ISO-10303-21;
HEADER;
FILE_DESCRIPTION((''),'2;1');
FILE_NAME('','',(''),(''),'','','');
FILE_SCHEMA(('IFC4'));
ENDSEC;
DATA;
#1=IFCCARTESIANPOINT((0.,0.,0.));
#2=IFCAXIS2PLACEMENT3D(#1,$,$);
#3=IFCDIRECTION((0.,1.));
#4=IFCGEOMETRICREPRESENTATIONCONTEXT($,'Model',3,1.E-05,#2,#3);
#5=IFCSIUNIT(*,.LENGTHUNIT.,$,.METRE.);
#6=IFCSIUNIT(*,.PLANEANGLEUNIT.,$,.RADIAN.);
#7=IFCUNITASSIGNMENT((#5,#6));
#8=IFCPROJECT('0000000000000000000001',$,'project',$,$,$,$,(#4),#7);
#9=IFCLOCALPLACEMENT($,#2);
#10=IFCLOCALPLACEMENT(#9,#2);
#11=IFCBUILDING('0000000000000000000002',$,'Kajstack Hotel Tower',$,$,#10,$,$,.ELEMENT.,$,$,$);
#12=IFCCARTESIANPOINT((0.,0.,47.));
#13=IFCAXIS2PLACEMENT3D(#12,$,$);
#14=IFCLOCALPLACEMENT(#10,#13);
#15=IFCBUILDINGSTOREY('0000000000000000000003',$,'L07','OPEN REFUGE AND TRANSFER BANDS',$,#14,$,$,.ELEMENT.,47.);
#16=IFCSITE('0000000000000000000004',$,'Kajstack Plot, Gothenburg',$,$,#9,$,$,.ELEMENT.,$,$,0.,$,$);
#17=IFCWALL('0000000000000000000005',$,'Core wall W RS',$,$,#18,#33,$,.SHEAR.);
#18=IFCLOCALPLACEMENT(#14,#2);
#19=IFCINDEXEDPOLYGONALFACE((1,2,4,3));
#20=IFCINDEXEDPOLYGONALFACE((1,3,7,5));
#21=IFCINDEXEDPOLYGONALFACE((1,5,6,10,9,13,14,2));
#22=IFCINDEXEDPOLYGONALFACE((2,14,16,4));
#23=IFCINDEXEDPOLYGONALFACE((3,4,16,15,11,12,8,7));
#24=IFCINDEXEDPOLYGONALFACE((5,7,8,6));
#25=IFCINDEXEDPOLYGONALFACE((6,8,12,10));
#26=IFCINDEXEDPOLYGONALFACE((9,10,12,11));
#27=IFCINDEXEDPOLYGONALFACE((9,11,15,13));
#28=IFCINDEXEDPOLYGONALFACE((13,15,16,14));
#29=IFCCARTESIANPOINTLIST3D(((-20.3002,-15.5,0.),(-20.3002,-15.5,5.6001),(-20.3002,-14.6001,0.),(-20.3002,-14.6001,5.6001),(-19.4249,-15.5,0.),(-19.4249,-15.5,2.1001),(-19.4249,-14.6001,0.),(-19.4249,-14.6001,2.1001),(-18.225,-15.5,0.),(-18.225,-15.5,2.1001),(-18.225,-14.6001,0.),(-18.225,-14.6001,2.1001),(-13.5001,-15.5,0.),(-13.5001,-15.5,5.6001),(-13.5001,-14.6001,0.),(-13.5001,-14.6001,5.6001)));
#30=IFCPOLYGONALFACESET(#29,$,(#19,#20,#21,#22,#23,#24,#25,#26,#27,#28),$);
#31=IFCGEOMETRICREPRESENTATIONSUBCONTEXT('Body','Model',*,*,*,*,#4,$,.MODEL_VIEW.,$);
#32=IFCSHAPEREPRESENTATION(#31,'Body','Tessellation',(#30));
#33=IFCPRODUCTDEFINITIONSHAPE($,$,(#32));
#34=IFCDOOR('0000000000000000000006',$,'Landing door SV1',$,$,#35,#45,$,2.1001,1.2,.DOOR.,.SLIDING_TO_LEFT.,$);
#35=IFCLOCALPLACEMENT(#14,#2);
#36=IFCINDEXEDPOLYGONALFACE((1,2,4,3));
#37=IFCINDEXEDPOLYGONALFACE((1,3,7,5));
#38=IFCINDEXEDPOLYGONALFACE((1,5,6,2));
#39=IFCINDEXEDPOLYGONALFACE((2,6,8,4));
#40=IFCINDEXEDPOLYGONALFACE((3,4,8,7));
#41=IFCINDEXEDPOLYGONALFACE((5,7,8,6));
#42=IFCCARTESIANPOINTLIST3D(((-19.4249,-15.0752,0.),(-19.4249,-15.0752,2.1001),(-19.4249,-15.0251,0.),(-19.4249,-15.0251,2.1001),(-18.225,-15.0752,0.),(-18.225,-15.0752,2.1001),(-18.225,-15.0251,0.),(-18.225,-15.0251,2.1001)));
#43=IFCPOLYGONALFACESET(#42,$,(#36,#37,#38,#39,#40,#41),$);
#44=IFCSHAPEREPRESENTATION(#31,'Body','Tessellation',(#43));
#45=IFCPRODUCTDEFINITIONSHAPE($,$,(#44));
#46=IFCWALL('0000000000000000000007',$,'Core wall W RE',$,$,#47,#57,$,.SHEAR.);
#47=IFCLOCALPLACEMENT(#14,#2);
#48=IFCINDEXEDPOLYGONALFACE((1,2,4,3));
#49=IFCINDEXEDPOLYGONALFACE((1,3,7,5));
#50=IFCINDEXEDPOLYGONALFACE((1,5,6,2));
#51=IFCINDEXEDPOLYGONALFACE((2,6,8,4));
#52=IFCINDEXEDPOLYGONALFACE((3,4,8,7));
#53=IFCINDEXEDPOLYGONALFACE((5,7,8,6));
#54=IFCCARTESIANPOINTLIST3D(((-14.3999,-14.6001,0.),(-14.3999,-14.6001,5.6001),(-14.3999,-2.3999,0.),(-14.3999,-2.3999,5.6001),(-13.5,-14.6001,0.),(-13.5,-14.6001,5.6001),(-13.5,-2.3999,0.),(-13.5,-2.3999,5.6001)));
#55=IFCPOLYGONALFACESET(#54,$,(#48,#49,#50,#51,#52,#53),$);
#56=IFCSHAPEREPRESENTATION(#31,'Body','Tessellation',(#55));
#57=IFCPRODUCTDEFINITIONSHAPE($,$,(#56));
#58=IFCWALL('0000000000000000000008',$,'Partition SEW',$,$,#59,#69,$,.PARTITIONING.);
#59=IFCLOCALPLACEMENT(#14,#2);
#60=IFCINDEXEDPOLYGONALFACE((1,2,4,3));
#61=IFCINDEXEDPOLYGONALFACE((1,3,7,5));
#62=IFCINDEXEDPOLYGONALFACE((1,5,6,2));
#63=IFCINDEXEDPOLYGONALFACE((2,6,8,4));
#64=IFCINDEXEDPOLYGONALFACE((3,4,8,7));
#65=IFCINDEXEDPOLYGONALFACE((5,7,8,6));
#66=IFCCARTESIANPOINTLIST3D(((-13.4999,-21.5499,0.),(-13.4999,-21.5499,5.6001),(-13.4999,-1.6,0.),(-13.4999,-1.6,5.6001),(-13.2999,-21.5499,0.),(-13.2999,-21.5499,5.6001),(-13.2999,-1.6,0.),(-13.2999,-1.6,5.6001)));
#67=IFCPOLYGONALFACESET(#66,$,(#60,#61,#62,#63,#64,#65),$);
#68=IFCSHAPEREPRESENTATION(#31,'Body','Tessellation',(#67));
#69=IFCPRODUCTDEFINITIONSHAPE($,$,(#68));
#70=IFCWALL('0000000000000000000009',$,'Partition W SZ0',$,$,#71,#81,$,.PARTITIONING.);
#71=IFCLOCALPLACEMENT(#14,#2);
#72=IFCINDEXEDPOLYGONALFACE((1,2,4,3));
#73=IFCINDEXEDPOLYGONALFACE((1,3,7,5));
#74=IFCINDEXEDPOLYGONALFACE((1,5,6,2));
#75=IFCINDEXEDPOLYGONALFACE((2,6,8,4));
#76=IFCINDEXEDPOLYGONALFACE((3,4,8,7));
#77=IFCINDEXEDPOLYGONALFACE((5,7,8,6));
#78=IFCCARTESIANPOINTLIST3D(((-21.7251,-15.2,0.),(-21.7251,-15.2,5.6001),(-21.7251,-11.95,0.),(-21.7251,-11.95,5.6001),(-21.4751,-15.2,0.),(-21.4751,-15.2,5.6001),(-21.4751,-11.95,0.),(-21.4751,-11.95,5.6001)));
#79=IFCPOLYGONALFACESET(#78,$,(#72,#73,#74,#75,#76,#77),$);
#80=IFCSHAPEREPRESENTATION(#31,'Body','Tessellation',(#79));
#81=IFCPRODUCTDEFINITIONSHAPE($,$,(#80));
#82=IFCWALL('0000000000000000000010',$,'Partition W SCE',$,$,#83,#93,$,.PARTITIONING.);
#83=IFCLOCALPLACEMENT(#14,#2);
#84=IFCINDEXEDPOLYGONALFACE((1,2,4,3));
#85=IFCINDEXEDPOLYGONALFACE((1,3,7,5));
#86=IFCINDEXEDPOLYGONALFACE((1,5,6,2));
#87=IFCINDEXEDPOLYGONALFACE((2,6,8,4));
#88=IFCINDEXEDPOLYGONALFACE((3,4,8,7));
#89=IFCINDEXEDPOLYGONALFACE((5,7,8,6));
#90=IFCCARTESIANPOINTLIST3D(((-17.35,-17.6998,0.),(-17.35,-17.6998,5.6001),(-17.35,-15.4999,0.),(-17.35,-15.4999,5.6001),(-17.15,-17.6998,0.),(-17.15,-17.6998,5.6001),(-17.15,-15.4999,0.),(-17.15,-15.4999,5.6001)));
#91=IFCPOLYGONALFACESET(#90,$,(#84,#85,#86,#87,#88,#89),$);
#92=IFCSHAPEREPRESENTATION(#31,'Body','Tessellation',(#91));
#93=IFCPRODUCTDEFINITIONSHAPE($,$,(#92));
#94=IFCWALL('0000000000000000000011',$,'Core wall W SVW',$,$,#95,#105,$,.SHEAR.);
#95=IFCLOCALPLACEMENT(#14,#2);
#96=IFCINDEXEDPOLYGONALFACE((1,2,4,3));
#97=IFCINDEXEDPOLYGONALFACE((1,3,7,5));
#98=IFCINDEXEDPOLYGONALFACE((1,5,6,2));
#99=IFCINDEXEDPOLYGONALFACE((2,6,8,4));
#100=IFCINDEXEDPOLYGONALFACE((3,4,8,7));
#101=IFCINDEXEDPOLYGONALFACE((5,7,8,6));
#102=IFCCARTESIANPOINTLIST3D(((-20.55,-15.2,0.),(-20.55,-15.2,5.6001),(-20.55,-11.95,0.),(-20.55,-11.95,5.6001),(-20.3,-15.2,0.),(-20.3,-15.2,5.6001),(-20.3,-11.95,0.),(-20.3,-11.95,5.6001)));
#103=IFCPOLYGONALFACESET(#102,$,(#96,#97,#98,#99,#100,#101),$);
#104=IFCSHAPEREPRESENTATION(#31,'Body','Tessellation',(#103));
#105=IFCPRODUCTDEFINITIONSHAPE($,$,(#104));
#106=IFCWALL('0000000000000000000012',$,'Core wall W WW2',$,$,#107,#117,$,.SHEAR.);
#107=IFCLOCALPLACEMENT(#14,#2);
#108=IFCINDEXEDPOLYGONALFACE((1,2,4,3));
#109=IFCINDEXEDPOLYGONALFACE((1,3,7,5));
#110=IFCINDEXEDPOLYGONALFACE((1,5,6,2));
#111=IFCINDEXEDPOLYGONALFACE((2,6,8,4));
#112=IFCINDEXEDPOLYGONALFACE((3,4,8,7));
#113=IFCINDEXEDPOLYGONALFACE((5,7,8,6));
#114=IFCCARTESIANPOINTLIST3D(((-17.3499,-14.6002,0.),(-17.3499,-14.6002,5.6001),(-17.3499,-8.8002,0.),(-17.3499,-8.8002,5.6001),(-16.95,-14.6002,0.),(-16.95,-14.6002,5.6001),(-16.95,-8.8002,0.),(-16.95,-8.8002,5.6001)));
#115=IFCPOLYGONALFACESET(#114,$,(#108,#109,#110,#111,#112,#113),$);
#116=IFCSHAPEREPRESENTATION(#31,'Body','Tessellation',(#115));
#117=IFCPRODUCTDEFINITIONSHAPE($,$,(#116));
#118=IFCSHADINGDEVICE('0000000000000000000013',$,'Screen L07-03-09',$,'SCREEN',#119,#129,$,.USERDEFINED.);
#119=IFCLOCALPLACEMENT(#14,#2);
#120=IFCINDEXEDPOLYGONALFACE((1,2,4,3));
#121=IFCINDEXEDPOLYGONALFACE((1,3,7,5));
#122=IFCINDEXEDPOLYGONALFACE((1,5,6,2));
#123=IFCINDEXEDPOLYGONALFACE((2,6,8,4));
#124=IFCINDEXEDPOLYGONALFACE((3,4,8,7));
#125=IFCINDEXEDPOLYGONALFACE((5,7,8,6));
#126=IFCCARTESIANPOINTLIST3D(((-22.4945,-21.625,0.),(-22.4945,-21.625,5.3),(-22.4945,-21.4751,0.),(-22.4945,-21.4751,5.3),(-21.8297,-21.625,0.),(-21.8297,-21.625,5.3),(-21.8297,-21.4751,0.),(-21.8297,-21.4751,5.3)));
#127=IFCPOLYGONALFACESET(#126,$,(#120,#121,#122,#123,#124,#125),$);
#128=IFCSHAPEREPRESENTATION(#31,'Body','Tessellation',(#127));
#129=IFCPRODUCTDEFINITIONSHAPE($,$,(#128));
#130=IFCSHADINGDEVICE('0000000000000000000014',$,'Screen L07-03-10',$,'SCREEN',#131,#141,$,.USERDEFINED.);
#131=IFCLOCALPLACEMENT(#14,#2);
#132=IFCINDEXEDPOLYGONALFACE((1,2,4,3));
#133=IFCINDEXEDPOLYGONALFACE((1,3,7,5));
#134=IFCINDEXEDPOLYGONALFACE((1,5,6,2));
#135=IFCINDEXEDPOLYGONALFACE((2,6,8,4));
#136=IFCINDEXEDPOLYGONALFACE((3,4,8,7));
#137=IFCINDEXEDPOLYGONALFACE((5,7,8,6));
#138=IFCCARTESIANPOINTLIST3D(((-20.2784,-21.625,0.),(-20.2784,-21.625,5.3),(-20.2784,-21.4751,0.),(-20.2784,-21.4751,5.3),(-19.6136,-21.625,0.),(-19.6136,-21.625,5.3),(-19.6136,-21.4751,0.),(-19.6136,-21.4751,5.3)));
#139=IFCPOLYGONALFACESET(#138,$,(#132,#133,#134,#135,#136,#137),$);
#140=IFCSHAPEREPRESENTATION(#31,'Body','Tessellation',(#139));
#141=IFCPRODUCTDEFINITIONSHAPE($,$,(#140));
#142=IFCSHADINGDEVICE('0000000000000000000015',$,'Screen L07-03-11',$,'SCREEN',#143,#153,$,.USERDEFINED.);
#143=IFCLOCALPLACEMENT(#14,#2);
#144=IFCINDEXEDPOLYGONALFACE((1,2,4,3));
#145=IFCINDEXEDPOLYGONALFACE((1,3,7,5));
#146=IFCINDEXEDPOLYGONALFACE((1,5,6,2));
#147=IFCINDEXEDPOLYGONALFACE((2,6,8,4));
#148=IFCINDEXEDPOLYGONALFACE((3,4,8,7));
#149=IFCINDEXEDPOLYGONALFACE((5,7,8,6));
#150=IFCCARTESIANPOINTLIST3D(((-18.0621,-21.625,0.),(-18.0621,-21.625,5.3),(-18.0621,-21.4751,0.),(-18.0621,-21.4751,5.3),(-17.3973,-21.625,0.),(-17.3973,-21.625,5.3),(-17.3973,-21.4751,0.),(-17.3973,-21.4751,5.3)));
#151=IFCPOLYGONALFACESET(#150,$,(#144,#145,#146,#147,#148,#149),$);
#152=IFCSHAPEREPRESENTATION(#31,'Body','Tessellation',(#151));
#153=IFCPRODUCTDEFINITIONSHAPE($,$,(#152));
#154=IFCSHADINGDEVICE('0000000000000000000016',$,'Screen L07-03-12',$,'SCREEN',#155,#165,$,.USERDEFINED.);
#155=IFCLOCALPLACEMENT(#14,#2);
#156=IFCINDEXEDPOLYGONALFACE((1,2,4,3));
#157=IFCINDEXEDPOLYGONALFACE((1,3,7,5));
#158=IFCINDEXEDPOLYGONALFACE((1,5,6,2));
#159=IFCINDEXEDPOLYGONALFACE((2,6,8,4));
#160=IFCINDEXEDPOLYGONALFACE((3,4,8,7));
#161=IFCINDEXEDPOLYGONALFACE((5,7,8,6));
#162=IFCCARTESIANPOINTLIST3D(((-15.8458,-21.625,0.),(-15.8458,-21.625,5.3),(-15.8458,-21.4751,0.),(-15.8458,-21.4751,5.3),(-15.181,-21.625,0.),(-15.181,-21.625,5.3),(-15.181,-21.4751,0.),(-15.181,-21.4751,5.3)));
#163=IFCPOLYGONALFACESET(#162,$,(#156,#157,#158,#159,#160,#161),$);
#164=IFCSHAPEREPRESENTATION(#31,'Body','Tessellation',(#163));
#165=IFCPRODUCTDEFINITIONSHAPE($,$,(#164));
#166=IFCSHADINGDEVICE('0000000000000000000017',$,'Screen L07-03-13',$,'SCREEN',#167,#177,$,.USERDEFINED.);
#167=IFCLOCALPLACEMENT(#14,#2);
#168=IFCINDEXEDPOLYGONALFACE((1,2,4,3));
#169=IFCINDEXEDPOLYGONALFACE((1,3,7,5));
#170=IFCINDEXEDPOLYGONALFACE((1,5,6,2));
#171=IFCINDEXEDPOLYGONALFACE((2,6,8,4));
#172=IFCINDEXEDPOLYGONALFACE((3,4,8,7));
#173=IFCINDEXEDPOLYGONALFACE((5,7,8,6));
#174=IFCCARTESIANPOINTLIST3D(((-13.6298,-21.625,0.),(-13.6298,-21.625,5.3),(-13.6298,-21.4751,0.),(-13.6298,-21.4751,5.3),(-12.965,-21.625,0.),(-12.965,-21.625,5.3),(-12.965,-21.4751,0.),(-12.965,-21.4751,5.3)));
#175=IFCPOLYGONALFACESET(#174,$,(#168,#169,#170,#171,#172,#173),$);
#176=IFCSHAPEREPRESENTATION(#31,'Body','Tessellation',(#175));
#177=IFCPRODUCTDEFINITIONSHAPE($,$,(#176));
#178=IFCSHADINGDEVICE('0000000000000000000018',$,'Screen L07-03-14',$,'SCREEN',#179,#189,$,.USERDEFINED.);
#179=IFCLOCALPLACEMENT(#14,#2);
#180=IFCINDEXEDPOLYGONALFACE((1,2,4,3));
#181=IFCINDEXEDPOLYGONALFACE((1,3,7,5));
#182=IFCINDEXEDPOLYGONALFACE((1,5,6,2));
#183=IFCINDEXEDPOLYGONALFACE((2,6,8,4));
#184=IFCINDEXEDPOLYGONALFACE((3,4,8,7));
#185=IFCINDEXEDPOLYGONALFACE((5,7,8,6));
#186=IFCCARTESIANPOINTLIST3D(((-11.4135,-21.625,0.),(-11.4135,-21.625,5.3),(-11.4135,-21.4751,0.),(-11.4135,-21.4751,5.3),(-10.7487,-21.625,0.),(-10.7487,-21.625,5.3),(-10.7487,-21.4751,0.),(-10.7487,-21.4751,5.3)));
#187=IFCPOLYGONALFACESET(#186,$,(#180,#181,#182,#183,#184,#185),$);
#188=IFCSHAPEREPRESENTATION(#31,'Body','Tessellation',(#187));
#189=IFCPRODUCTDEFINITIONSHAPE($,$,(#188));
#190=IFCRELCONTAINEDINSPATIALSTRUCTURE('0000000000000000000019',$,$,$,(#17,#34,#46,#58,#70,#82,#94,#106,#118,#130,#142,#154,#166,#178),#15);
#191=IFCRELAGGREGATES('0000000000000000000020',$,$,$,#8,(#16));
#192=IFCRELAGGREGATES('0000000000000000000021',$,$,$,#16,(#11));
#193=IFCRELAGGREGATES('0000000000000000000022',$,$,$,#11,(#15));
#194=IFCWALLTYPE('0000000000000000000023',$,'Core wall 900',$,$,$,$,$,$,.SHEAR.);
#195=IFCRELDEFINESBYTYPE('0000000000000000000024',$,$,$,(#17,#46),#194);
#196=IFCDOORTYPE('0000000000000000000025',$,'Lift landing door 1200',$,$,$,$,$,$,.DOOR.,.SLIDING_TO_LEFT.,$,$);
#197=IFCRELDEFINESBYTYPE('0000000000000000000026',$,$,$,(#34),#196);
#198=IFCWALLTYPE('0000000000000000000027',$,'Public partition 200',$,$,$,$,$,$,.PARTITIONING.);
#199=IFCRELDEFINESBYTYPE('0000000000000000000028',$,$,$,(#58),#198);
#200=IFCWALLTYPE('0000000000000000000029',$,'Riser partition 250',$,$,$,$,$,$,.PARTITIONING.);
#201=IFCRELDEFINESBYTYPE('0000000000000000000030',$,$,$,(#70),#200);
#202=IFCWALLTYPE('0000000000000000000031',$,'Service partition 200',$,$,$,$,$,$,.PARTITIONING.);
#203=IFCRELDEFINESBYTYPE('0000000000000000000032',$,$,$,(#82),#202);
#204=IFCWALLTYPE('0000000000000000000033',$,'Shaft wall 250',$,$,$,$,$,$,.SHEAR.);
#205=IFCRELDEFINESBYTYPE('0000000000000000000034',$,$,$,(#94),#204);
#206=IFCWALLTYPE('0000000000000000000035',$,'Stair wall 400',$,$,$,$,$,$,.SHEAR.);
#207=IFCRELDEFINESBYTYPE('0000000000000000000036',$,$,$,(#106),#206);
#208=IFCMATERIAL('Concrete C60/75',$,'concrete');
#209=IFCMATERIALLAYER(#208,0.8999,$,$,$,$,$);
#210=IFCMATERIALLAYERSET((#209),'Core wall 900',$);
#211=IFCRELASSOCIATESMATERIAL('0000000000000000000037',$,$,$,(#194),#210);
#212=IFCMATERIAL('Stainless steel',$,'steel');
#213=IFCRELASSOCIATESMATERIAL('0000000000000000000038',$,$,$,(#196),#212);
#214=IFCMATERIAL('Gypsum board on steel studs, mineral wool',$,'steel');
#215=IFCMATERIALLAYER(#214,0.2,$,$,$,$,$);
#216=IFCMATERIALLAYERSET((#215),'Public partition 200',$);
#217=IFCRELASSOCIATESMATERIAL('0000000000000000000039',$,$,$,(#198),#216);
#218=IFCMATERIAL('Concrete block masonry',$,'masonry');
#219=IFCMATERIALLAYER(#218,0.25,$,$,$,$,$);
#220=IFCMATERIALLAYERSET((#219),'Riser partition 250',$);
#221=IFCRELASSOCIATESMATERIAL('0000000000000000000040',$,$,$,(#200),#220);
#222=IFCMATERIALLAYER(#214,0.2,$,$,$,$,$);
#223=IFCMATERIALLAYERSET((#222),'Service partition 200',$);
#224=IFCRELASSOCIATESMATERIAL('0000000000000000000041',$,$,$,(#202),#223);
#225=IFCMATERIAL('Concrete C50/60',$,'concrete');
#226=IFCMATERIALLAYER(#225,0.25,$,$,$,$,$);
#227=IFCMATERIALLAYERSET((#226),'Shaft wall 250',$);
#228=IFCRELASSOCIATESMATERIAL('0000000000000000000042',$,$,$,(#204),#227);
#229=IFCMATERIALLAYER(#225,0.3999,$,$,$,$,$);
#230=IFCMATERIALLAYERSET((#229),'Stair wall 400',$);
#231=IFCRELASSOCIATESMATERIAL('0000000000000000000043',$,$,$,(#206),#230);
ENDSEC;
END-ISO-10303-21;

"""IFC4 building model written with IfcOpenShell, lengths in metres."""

from ifc_helpers import new_model, si_unit, direction, frame, frame_2d, origin, origin_2d, place, context, subcontext, project, spatial, rectangle, extrude, material, layer, layer_set, type_object, element, fill, save


model = new_model("IFC4")

# Units and contexts
model_context = context("Model", 3, precision=1e-05, world=origin(), true_north=direction((0.0, 1.0)))
body_context = subcontext(model_context, "Body", "Model", "MODEL_VIEW")
ifc_project = project(units=[si_unit("LENGTHUNIT", "METRE"), si_unit("PLANEANGLEUNIT", "RADIAN")], contexts=[model_context])

# Site, building, storey
site_placement = place(None, origin())
site = spatial("IfcSite", under=ifc_project, at=site_placement, Name="Kajstack Plot, Gothenburg", CompositionType="ELEMENT", RefElevation=0.0)
building_placement = place(site_placement, origin())
building = spatial("IfcBuilding", under=site, at=building_placement, Name="Kajstack Hotel Tower", CompositionType="ELEMENT")
storey_placement = place(building_placement, frame((0.0, 0.0, 47.0)))
storey = spatial("IfcBuildingStorey", under=building, at=storey_placement, Name="L07", Description="OPEN REFUGE AND TRANSFER BANDS", CompositionType="ELEMENT", Elevation=47.0)

# Wall, opening, door
ifc_material_1 = material(Name="Concrete C60/75", Category="concrete")
ifc_layer_1 = layer(ifc_material_1, 0.8999)
ifc_layer_set_1 = layer_set([ifc_layer_1], Name="Core wall 900")
wall_type_1 = type_object("IfcWallType", Name="Core wall 900", PredefinedType="SHEAR", material=ifc_layer_set_1)
wall_1_placement = place(storey_placement, frame((-20.3, -15.05, 0.0), z_axis=(0.0, 0.0, 1.0), x_axis=(1.0, 0.0, 0.0)))
wall_1 = element("IfcWall", 1, at=wall_1_placement, inside=storey, type_object=wall_type_1, Name="Core wall W RS", PredefinedType="SHEAR", context=body_context, shape_type="SweptSolid", body=[
    extrude(rectangle(XDim=6.8, YDim=0.8999, at=frame_2d((3.3999, 0.0))), origin(), (0.0, 0.0, 1.0), 5.6001),
])
opening_placement = place(wall_1_placement, frame((0.875, 0.0, 0.0)))
opening = element("IfcOpeningElement", 2, at=opening_placement, cuts=wall_1, PredefinedType="OPENING", context=body_context, shape_type="SweptSolid", body=[
    extrude(rectangle(XDim=1.2, YDim=2.1001, at=frame_2d((0.6001, 1.05))), frame((0.0, 0.46, 0.0), z_axis=(0.0, -1.0, 0.0), x_axis=(1.0, 0.0, 0.0)), (0.0, 0.0, 1.0), 0.9199),
])
ifc_material_2 = material(Name="Stainless steel", Category="steel")
door_type = type_object("IfcDoorType", Name="Lift landing door 1200", OperationType="SLIDING_TO_LEFT", PredefinedType="DOOR", material=ifc_material_2)
door_placement = place(opening_placement, origin())
door = element("IfcDoor", 3, at=door_placement, inside=storey, type_object=door_type, Name="Landing door SV1", OperationType="SLIDING_TO_LEFT", OverallHeight=2.1001, OverallWidth=1.2, PredefinedType="DOOR", context=body_context, shape_type="SweptSolid", body=[
    extrude(rectangle(XDim=1.2, YDim=2.1001, at=frame_2d((0.6001, 1.05))), frame((0.0, 0.0249, 0.0), z_axis=(0.0, -1.0, 0.0), x_axis=(1.0, 0.0, 0.0)), (0.0, 0.0, 1.0), 0.05),
])
fill(opening, door)

# Walls
wall_2_placement = place(storey_placement, frame((-13.95, -14.6001, 0.0), z_axis=(0.0, 0.0, 1.0), x_axis=(0.0, 1.0, 0.0)))
element("IfcWall", 4, at=wall_2_placement, inside=storey, type_object=wall_type_1, Name="Core wall W RE", PredefinedType="SHEAR", context=body_context, shape_type="SweptSolid", body=[
    extrude(rectangle(XDim=12.2002, YDim=0.8999, at=frame_2d((6.1001, 0.0))), origin(), (0.0, 0.0, 1.0), 5.6001),
])
ifc_material_3 = material(Name="Gypsum board on steel studs, mineral wool", Category="steel")
ifc_layer_2 = layer(ifc_material_3, 0.2)
ifc_layer_set_2 = layer_set([ifc_layer_2], Name="Public partition 200")
wall_type_2 = type_object("IfcWallType", Name="Public partition 200", PredefinedType="PARTITIONING", material=ifc_layer_set_2)
wall_3_placement = place(storey_placement, frame((-13.3999, -21.55, 0.0), z_axis=(0.0, 0.0, 1.0), x_axis=(0.0, 1.0, 0.0)))
element("IfcWall", 5, at=wall_3_placement, inside=storey, type_object=wall_type_2, Name="Partition SEW", PredefinedType="PARTITIONING", context=body_context, shape_type="SweptSolid", body=[
    extrude(rectangle(XDim=19.95, YDim=0.2, at=frame_2d((9.9751, 0.0))), origin(), (0.0, 0.0, 1.0), 5.6001),
])
ifc_material_4 = material(Name="Concrete block masonry", Category="masonry")
ifc_layer_3 = layer(ifc_material_4, 0.25)
ifc_layer_set_3 = layer_set([ifc_layer_3], Name="Riser partition 250")
wall_type_3 = type_object("IfcWallType", Name="Riser partition 250", PredefinedType="PARTITIONING", material=ifc_layer_set_3)
wall_4_placement = place(storey_placement, frame((-21.6001, -15.2, 0.0), z_axis=(0.0, 0.0, 1.0), x_axis=(0.0, 1.0, 0.0)))
element("IfcWall", 6, at=wall_4_placement, inside=storey, type_object=wall_type_3, Name="Partition W SZ0", PredefinedType="PARTITIONING", context=body_context, shape_type="SweptSolid", body=[
    extrude(rectangle(XDim=3.25, YDim=0.25, at=frame_2d((1.625, 0.0))), origin(), (0.0, 0.0, 1.0), 5.6001),
])
ifc_layer_4 = layer(ifc_material_3, 0.2)
ifc_layer_set_4 = layer_set([ifc_layer_4], Name="Service partition 200")
wall_type_4 = type_object("IfcWallType", Name="Service partition 200", PredefinedType="PARTITIONING", material=ifc_layer_set_4)
wall_5_placement = place(storey_placement, frame((-17.25, -17.7, 0.0), z_axis=(0.0, 0.0, 1.0), x_axis=(0.0, 1.0, 0.0)))
element("IfcWall", 7, at=wall_5_placement, inside=storey, type_object=wall_type_4, Name="Partition W SCE", PredefinedType="PARTITIONING", context=body_context, shape_type="SweptSolid", body=[
    extrude(rectangle(XDim=2.2, YDim=0.2, at=frame_2d((1.1001, 0.0))), origin(), (0.0, 0.0, 1.0), 5.6001),
])
ifc_material_5 = material(Name="Concrete C50/60", Category="concrete")
ifc_layer_5 = layer(ifc_material_5, 0.25)
ifc_layer_set_5 = layer_set([ifc_layer_5], Name="Shaft wall 250")
wall_type_5 = type_object("IfcWallType", Name="Shaft wall 250", PredefinedType="SHEAR", material=ifc_layer_set_5)
wall_6_placement = place(storey_placement, frame((-20.425, -15.2, 0.0), z_axis=(0.0, 0.0, 1.0), x_axis=(0.0, 1.0, 0.0)))
element("IfcWall", 8, at=wall_6_placement, inside=storey, type_object=wall_type_5, Name="Core wall W SVW", PredefinedType="SHEAR", context=body_context, shape_type="SweptSolid", body=[
    extrude(rectangle(XDim=3.25, YDim=0.25, at=frame_2d((1.625, 0.0))), origin(), (0.0, 0.0, 1.0), 5.6001),
])
ifc_layer_6 = layer(ifc_material_5, 0.3999)
ifc_layer_set_6 = layer_set([ifc_layer_6], Name="Stair wall 400")
wall_type_6 = type_object("IfcWallType", Name="Stair wall 400", PredefinedType="SHEAR", material=ifc_layer_set_6)
wall_7_placement = place(storey_placement, frame((-17.1499, -14.6001, 0.0), z_axis=(0.0, 0.0, 1.0), x_axis=(0.0, 1.0, 0.0)))
element("IfcWall", 9, at=wall_7_placement, inside=storey, type_object=wall_type_6, Name="Core wall W WW2", PredefinedType="SHEAR", context=body_context, shape_type="SweptSolid", body=[
    extrude(rectangle(XDim=5.8, YDim=0.3999, at=frame_2d((2.8999, 0.0))), origin(), (0.0, 0.0, 1.0), 5.6001),
])

# Shading devices
for number, where, z_axis, x_axis, name in (
    (10, (-22.1621, -21.55, 0.0), (0.0, 0.0, 1.0), (1.0, 0.0, 0.0), "Screen L07-03-09"),
    (11, (-19.946, -21.55, 0.0), (0.0, 0.0, 1.0), (1.0, 0.0, 0.0), "Screen L07-03-10"),
    (12, (-17.7297, -21.55, 0.0), (0.0, 0.0, 1.0), (1.0, 0.0, 0.0), "Screen L07-03-11"),
    (13, (-15.5134, -21.55, 0.0), (0.0, 0.0, 1.0), (1.0, 0.0, 0.0), "Screen L07-03-12"),
    (14, (-13.2974, -21.55, 0.0), (0.0, 0.0, 1.0), (1.0, 0.0, 0.0), "Screen L07-03-13"),
    (15, (-11.0811, -21.55, 0.0), (0.0, 0.0, 1.0), (1.0, 0.0, 0.0), "Screen L07-03-14"),
):
    element("IfcShadingDevice", number, at=place(storey_placement, frame(where, z_axis=z_axis, x_axis=x_axis)), inside=storey, Name=name, ObjectType="SCREEN", PredefinedType="USERDEFINED", context=body_context, shape_type="SweptSolid", body=[
        extrude(rectangle(XDim=0.6648, YDim=0.1499, at=origin_2d()), origin(), (0.0, 0.0, 1.0), 5.3),
    ])

save(model, "model.ifc")
